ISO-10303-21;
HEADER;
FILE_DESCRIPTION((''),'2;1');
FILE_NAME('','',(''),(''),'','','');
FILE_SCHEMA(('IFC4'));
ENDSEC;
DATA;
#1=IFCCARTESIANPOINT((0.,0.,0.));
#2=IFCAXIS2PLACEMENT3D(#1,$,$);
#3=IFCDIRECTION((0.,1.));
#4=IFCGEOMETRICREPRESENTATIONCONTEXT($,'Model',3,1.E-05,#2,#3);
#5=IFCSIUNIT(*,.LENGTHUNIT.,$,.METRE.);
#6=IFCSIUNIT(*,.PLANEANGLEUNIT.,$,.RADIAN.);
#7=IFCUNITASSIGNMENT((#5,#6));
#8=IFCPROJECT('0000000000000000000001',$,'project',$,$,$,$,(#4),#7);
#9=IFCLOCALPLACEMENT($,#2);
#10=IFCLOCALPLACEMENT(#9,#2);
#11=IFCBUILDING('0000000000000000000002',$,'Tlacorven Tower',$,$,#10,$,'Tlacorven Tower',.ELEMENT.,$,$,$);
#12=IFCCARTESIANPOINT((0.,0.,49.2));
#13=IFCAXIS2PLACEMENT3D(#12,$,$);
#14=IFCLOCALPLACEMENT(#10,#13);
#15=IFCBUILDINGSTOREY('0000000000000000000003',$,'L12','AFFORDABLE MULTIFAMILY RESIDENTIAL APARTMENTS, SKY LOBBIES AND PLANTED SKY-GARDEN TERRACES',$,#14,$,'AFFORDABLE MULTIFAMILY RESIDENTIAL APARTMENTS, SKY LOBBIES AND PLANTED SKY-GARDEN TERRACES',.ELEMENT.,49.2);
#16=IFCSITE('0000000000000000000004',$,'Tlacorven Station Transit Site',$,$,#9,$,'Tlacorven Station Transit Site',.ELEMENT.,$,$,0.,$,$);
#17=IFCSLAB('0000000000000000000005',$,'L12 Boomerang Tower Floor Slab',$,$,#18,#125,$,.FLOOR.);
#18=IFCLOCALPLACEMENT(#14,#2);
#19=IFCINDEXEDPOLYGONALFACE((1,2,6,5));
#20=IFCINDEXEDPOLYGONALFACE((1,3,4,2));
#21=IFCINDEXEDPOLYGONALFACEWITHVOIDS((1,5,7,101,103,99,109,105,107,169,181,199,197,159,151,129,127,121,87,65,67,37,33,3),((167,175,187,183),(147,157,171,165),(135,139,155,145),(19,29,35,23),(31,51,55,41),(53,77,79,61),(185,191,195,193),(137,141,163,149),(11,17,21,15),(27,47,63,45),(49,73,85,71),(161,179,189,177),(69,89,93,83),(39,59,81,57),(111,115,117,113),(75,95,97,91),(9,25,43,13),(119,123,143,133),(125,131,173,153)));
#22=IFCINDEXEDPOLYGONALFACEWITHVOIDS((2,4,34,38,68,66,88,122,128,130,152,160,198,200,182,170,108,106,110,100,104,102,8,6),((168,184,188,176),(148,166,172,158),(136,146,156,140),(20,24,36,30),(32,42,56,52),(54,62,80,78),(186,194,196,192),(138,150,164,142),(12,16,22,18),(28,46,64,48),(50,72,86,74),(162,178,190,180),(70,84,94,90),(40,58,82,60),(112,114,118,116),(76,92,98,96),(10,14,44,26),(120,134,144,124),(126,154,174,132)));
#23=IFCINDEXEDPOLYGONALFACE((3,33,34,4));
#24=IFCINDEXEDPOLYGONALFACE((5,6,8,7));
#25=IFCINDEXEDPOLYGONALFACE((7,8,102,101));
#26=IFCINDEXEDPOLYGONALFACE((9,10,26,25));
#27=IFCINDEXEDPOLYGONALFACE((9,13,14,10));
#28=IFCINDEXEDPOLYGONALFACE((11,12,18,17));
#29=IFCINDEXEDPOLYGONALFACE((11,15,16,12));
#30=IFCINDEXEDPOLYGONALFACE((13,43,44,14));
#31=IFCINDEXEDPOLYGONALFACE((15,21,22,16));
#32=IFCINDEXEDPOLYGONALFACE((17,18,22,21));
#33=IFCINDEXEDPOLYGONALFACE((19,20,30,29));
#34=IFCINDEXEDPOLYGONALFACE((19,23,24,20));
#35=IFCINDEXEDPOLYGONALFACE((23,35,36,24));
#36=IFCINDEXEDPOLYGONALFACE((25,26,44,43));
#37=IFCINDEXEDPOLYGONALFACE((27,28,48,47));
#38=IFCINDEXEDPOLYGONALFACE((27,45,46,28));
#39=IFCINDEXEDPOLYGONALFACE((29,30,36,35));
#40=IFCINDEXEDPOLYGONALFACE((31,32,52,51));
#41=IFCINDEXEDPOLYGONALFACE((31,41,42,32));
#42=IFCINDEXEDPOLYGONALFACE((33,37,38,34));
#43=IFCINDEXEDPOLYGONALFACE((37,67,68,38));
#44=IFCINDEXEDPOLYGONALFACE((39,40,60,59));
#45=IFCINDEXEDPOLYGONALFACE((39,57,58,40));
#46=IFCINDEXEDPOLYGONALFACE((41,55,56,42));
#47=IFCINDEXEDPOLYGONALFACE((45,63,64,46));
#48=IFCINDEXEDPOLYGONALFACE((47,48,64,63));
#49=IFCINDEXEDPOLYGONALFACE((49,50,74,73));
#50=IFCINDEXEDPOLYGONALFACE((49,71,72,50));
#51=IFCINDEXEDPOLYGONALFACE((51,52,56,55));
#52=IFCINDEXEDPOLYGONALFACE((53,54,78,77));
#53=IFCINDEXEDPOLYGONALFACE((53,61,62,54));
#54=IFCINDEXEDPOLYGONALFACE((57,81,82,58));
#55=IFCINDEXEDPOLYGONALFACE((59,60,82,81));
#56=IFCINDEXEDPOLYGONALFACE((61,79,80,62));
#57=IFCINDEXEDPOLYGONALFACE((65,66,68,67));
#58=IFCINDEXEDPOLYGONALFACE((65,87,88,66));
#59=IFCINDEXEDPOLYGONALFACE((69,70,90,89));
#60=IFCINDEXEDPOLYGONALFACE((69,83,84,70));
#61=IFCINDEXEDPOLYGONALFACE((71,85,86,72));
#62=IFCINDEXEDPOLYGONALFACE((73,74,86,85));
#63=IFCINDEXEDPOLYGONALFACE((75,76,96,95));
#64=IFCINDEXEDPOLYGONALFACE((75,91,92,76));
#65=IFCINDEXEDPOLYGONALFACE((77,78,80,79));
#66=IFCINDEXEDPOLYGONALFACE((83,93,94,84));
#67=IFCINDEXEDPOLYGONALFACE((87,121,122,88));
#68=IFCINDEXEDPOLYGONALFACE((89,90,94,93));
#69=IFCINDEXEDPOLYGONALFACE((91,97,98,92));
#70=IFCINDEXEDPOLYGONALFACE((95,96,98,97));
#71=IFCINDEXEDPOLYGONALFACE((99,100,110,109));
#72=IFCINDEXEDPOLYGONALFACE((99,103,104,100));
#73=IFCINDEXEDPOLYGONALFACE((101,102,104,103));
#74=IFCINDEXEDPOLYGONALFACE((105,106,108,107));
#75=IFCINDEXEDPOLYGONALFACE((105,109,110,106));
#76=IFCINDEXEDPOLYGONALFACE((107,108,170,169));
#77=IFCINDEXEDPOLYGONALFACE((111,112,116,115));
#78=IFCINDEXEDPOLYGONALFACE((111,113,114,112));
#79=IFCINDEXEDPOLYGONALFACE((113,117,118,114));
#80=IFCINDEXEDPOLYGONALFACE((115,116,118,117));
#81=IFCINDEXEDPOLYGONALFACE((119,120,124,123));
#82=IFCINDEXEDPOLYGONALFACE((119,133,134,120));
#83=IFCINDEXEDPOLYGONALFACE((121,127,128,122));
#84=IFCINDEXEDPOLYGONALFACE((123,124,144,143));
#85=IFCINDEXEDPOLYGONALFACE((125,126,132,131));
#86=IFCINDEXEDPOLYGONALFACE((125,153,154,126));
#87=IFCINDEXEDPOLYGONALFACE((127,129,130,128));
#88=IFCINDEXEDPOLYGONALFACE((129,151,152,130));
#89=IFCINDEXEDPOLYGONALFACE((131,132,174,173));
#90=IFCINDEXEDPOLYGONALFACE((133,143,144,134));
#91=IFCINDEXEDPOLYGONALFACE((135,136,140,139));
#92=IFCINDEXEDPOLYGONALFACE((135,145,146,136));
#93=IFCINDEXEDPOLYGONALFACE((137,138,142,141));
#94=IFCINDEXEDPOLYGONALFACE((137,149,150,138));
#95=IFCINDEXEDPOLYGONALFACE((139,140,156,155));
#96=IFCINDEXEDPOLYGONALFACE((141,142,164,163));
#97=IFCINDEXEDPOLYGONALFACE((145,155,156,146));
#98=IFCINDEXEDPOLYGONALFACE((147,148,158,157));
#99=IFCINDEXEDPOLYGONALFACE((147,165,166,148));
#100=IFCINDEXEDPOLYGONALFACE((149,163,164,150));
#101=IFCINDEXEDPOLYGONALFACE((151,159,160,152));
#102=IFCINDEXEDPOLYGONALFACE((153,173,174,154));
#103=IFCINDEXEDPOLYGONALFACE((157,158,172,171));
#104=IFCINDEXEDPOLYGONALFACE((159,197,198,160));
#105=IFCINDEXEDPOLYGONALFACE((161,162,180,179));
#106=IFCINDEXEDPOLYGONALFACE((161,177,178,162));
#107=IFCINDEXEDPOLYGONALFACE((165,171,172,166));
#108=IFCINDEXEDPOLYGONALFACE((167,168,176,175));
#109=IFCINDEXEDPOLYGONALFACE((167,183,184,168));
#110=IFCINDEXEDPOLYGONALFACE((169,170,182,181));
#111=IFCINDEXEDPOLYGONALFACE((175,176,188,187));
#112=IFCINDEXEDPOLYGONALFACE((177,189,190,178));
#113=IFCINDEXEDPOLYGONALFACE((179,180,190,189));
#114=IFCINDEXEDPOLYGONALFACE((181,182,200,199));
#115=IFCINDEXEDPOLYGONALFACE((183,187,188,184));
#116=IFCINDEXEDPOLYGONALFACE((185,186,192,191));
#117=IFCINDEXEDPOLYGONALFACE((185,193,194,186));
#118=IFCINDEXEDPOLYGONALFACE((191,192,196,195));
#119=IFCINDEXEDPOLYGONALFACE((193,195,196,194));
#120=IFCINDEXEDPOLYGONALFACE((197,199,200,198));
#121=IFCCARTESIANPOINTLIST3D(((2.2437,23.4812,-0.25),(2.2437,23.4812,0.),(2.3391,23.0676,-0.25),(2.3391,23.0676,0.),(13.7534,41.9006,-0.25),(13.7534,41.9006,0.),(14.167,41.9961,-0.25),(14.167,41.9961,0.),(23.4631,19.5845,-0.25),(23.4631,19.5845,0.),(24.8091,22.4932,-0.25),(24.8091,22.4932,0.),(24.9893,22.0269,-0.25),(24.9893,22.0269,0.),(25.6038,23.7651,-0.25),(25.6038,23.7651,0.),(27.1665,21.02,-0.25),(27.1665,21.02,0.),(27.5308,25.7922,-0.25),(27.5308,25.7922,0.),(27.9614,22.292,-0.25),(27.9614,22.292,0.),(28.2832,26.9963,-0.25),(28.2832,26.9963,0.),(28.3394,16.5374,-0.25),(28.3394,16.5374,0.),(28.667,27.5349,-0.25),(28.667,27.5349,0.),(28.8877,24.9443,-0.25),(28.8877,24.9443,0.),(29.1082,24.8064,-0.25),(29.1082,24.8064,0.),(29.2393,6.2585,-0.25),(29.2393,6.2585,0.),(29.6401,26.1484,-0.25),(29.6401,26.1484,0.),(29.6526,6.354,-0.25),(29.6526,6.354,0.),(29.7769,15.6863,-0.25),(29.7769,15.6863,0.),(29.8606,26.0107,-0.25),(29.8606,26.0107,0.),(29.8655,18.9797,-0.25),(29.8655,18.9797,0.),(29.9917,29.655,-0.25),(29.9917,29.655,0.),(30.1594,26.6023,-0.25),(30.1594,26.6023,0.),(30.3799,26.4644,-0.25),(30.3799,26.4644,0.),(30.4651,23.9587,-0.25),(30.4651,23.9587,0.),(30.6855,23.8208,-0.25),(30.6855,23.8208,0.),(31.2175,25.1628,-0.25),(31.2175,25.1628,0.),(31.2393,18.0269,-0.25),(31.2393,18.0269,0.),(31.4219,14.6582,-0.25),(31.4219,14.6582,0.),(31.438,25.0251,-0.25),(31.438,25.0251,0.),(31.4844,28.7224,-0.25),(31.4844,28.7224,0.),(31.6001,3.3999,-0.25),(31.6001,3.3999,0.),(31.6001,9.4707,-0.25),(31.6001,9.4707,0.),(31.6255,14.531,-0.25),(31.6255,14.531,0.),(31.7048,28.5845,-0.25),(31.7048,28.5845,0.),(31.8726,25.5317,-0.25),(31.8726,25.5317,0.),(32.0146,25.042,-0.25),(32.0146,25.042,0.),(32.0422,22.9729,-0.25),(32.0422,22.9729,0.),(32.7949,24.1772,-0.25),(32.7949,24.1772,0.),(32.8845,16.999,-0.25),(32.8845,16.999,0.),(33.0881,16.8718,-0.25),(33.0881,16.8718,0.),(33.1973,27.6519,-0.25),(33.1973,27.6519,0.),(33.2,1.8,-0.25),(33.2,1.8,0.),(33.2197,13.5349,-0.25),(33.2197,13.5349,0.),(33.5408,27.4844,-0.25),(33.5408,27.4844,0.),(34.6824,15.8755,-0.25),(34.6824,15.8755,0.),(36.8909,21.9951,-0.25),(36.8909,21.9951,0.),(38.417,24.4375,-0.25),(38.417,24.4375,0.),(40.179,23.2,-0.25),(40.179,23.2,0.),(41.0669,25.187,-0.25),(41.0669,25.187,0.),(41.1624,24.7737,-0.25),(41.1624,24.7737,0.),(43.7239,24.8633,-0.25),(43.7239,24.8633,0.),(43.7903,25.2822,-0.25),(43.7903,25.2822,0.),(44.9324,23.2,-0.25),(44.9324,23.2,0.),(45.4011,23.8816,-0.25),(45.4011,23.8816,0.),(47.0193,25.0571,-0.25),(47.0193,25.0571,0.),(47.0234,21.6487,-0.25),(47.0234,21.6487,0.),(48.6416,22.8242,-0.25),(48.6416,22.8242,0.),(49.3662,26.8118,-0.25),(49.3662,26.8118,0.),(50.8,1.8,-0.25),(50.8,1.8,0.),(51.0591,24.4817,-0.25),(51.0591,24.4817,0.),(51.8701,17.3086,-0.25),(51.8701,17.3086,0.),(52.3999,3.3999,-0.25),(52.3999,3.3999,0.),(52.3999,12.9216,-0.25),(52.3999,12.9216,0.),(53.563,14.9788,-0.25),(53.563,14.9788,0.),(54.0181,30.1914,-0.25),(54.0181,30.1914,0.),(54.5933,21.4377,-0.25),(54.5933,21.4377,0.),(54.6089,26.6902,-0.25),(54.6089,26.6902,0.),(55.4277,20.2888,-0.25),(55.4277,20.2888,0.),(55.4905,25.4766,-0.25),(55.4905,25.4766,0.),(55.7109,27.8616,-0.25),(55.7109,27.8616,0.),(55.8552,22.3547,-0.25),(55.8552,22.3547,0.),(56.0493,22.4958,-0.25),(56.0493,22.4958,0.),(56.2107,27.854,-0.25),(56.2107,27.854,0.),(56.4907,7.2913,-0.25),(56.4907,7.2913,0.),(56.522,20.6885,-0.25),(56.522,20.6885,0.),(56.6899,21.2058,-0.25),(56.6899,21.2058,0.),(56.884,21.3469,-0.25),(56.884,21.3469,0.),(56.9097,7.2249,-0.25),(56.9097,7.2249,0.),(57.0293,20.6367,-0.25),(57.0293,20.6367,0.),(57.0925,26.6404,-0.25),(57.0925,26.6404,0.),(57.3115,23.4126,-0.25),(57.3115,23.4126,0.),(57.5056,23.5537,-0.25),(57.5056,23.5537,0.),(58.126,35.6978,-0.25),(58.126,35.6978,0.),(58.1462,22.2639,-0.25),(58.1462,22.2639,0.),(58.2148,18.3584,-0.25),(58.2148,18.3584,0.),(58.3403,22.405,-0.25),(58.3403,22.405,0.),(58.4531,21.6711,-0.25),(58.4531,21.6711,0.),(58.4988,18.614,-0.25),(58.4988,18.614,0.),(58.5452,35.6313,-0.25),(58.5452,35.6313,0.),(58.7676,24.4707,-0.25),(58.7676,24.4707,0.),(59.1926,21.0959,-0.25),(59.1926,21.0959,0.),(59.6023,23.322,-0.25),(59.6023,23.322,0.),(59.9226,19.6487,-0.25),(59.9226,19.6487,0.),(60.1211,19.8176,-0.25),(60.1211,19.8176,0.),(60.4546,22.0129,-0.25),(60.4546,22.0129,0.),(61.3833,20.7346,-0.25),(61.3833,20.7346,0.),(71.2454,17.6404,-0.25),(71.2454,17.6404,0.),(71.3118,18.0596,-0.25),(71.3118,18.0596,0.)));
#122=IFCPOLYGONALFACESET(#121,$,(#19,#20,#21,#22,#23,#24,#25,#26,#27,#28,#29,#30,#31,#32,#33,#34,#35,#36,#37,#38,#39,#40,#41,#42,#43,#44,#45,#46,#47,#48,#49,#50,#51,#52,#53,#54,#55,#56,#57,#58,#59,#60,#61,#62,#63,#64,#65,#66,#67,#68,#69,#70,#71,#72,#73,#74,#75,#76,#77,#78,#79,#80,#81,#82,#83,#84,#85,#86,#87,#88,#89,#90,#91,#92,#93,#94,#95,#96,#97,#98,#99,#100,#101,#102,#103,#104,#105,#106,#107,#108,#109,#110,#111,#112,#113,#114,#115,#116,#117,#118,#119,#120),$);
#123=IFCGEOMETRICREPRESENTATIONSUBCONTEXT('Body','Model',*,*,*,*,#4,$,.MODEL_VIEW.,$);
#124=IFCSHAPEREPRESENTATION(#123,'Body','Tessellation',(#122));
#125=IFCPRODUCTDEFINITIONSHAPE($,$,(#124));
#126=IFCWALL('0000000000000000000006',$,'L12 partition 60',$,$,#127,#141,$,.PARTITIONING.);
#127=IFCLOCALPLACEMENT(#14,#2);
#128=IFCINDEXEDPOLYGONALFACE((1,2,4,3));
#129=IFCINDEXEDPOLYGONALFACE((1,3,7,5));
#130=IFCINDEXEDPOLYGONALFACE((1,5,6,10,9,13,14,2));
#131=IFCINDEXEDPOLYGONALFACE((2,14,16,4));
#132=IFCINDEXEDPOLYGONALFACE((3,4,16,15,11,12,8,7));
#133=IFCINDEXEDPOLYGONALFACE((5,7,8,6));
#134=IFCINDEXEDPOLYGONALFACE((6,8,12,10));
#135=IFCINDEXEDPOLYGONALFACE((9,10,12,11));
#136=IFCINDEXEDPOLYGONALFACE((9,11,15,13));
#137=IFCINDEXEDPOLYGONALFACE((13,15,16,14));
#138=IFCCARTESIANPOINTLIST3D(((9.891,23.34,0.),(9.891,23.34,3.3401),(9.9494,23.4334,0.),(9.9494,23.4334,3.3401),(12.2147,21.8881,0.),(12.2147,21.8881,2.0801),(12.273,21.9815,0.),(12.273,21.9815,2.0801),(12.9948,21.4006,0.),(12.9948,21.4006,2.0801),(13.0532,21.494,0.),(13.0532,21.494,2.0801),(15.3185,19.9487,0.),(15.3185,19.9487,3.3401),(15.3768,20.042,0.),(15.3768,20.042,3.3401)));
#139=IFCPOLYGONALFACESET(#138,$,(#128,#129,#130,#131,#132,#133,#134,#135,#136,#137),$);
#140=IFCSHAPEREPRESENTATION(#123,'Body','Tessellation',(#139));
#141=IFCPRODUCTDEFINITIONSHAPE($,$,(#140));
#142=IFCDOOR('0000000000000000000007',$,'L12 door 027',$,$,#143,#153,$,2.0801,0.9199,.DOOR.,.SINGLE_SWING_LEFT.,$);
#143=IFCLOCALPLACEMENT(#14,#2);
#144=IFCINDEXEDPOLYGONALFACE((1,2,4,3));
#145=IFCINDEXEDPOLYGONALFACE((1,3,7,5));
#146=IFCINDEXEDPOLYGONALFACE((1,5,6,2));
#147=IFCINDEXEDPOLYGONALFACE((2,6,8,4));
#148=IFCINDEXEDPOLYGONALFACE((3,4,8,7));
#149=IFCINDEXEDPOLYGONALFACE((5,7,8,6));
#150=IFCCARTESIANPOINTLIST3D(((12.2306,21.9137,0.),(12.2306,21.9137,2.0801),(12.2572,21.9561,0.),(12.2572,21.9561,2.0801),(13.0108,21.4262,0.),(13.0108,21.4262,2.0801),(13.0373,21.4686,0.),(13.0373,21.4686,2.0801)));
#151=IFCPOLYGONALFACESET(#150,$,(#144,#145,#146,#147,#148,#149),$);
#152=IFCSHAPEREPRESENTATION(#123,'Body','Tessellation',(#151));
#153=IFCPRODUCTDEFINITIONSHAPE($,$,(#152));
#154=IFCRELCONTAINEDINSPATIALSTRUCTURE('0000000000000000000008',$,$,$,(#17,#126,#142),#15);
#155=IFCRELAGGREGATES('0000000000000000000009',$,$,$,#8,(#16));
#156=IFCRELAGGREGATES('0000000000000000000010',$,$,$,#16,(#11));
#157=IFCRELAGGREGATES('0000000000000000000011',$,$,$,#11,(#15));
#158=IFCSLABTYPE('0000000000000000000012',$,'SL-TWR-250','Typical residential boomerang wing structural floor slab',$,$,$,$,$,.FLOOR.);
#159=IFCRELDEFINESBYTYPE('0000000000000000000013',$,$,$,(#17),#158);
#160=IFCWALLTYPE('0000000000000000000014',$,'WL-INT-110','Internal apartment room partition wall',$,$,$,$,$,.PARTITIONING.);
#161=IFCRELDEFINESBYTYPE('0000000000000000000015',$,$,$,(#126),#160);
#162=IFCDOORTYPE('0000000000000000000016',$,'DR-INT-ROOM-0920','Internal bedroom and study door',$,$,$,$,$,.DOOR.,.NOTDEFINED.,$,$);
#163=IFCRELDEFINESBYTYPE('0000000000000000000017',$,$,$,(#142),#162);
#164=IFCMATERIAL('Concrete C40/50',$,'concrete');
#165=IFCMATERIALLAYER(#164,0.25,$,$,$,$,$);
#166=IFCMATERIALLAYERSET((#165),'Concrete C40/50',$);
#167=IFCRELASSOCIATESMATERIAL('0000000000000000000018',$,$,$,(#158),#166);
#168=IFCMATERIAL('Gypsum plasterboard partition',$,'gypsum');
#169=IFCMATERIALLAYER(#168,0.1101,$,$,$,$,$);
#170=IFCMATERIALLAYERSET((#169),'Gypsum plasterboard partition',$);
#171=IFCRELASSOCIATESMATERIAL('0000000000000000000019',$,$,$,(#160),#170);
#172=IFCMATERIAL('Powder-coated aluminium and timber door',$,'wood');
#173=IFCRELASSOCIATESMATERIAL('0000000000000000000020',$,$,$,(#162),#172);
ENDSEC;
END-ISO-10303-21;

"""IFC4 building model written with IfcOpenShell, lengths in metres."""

from ifc_helpers import new_model, si_unit, direction, frame, frame_2d, origin, place, context, subcontext, project, spatial, polyline, rectangle, outline, extrude, source, transform, mapped, material, layer, layer_set, type_object, element, fill, save


model = new_model("IFC4")

# Units and contexts
model_context = context("Model", 3, precision=1e-05, world=origin(), true_north=direction((0.0, 1.0)))
body_context = subcontext(model_context, "Body", "Model", "MODEL_VIEW")
ifc_project = project(units=[si_unit("LENGTHUNIT", "METRE"), si_unit("PLANEANGLEUNIT", "RADIAN")], contexts=[model_context])

# Site, building, storey
site_placement = place(None, origin())
site = spatial("IfcSite", under=ifc_project, at=site_placement, Name="Tlacorven Station Transit Site", LongName="Tlacorven Station Transit Site", CompositionType="ELEMENT", RefElevation=0.0)
building_placement = place(site_placement, origin())
building = spatial("IfcBuilding", under=site, at=building_placement, Name="Tlacorven Tower", LongName="Tlacorven Tower", CompositionType="ELEMENT")
storey_placement = place(building_placement, frame((0.0, 0.0, 49.2)))
storey = spatial("IfcBuildingStorey", under=building, at=storey_placement, Name="L12", Description="AFFORDABLE MULTIFAMILY RESIDENTIAL APARTMENTS, SKY LOBBIES AND PLANTED SKY-GARDEN TERRACES", LongName="AFFORDABLE MULTIFAMILY RESIDENTIAL APARTMENTS, SKY LOBBIES AND PLANTED SKY-GARDEN TERRACES", CompositionType="ELEMENT", Elevation=49.2)

# Shared definitions
ifc_material_1 = material(Name="Concrete C40/50", Category="concrete")

# Slab
ifc_layer_1 = layer(ifc_material_1, 0.25)
ifc_layer_set_1 = layer_set([ifc_layer_1], Name="Concrete C40/50")
slab_type_1 = type_object("IfcSlabType", Name="SL-TWR-250", Description="Typical residential boomerang wing structural floor slab", PredefinedType="FLOOR", material=ifc_layer_set_1)
slab_1_placement = place(storey_placement, frame((0.0, 0.0, -0.25)))
element("IfcSlab", 1, at=slab_1_placement, inside=storey, type_object=slab_type_1, Name="L12 Boomerang Tower Floor Slab", PredefinedType="FLOOR", context=body_context, shape_type="SweptSolid", body=[
    extrude(outline(polyline([(52.3999, 3.3999), (50.8, 1.8), (33.2, 1.8), (31.6001, 3.3999), (31.6001, 9.4707), (29.6526, 6.354), (29.2393, 6.2585), (2.3391, 23.0676), (2.2437, 23.4812), (13.7534, 41.9006), (14.167, 41.9961), (41.0669, 25.187), (41.1624, 24.7737), (40.179, 23.2), (44.9324, 23.2), (43.7239, 24.8633), (43.7903, 25.2822), (58.126, 35.6978), (58.5452, 35.6313), (71.3118, 18.0596), (71.2454, 17.6404), (56.9097, 7.2249), (56.4907, 7.2913), (52.3999, 12.9216), (52.3999, 3.3999)]), holes=[polyline([(29.8655, 18.9797), (24.9893, 22.0269), (23.4631, 19.5845), (28.3394, 16.5374), (29.8655, 18.9797)]), polyline([(38.417, 24.4375), (33.5408, 27.4844), (32.0146, 25.042), (36.8909, 21.9951), (38.417, 24.4375)]), polyline([(51.0591, 24.4817), (55.7109, 27.8616), (54.0181, 30.1914), (49.3662, 26.8118), (51.0591, 24.4817)]), polyline([(53.563, 14.9788), (58.2148, 18.3584), (56.522, 20.6885), (51.8701, 17.3086), (53.563, 14.9788)]), polyline([(34.6824, 15.8755), (33.0881, 16.8718), (31.6255, 14.531), (33.2197, 13.5349), (34.6824, 15.8755)]), polyline([(32.8845, 16.999), (31.2393, 18.0269), (29.7769, 15.6863), (31.4219, 14.6582), (32.8845, 16.999)]), polyline([(47.0234, 21.6487), (48.6416, 22.8242), (47.0193, 25.0571), (45.4011, 23.8816), (47.0234, 21.6487)]), polyline([(33.1973, 27.6519), (31.7048, 28.5845), (30.3799, 26.4644), (31.8726, 25.5317), (33.1973, 27.6519)]), polyline([(31.4844, 28.7224), (29.9917, 29.655), (28.667, 27.5349), (30.1594, 26.6023), (31.4844, 28.7224)]), polyline([(32.7949, 24.1772), (31.438, 25.0251), (30.6855, 23.8208), (32.0422, 22.9729), (32.7949, 24.1772)]), polyline([(31.2175, 25.1628), (29.8606, 26.0107), (29.1082, 24.8064), (30.4651, 23.9587), (31.2175, 25.1628)]), polyline([(29.6401, 26.1484), (28.2832, 26.9963), (27.5308, 25.7922), (28.8877, 24.9443), (29.6401, 26.1484)]), polyline([(55.4277, 20.2888), (56.6899, 21.2058), (55.8552, 22.3547), (54.5933, 21.4377), (55.4277, 20.2888)]), polyline([(56.884, 21.3469), (58.1462, 22.2639), (57.3115, 23.4126), (56.0493, 22.4958), (56.884, 21.3469)]), polyline([(58.3403, 22.405), (59.6023, 23.322), (58.7676, 24.4707), (57.5056, 23.5537), (58.3403, 22.405)]), polyline([(58.4988, 18.614), (59.9226, 19.6487), (58.4531, 21.6711), (57.0293, 20.6367), (58.4988, 18.614)]), polyline([(27.9614, 22.292), (25.6038, 23.7651), (24.8091, 22.4932), (27.1665, 21.02), (27.9614, 22.292)]), polyline([(55.4905, 25.4766), (57.0925, 26.6404), (56.2107, 27.854), (54.6089, 26.6902), (55.4905, 25.4766)]), polyline([(60.1211, 19.8176), (61.3833, 20.7346), (60.4546, 22.0129), (59.1926, 21.0959), (60.1211, 19.8176)])]), origin(), (0.0, 0.0, 1.0), 0.25),
])

# Wall, opening, door
ifc_material_2 = material(Name="Gypsum plasterboard partition", Category="gypsum")
ifc_layer_2 = layer(ifc_material_2, 0.1101)
ifc_layer_set_2 = layer_set([ifc_layer_2], Name="Gypsum plasterboard partition")
wall_type = type_object("IfcWallType", Name="WL-INT-110", Description="Internal apartment room partition wall", PredefinedType="PARTITIONING", material=ifc_layer_set_2)
wall_placement = place(storey_placement, frame((15.3477, 19.9954, 0.0), z_axis=(0.0, 0.0, 1.0), x_axis=(-0.848056, 0.529906, 0.0)))
wall = element("IfcWall", 2, at=wall_placement, inside=storey, type_object=wall_type, Name="L12 partition 60", PredefinedType="PARTITIONING", context=body_context, shape_type="SweptSolid", body=[
    extrude(rectangle(XDim=6.3999, YDim=0.1101, at=frame_2d((3.2, 0.0))), origin(), (0.0, 0.0, 1.0), 3.3401),
])
opening_placement = place(wall_placement, frame((2.74, 0.0, 0.0)))
opening = element("IfcOpeningElement", 3, at=opening_placement, cuts=wall, PredefinedType="OPENING", context=body_context, shape_type="SweptSolid", body=[
    extrude(rectangle(XDim=0.9199, YDim=2.0801, at=frame_2d((0.46, 1.04))), frame((0.0, 0.0649, 0.0), z_axis=(0.0, -1.0, 0.0), x_axis=(1.0, 0.0, 0.0)), (0.0, 0.0, 1.0), 0.1301),
])
ifc_material_3 = material(Name="Powder-coated aluminium and timber door", Category="wood")
door_type = type_object("IfcDoorType", Name="DR-INT-ROOM-0920", Description="Internal bedroom and study door", OperationType="NOTDEFINED", PredefinedType="DOOR", material=ifc_material_3)
shared_shape_1 = source(origin(), body_context, "Body", "SweptSolid", [
    extrude(rectangle(XDim=0.9199, YDim=2.0801, at=frame_2d((0.46, 1.04))), frame((0.0, 0.0249, 0.0), z_axis=(0.0, -1.0, 0.0), x_axis=(1.0, 0.0, 0.0)), (0.0, 0.0, 1.0), 0.05),
])
door_placement = place(opening_placement, origin())
door = element("IfcDoor", 4, at=door_placement, inside=storey, type_object=door_type, Name="L12 door 027", OperationType="SINGLE_SWING_LEFT", OverallHeight=2.0801, OverallWidth=0.9199, PredefinedType="DOOR", context=body_context, shape_type="MappedRepresentation", body=[
    mapped(shared_shape_1, transform((0.0, 0.0, 0.0), scale=1.0)),
])
fill(opening, door)

save(model, "model.ifc")
